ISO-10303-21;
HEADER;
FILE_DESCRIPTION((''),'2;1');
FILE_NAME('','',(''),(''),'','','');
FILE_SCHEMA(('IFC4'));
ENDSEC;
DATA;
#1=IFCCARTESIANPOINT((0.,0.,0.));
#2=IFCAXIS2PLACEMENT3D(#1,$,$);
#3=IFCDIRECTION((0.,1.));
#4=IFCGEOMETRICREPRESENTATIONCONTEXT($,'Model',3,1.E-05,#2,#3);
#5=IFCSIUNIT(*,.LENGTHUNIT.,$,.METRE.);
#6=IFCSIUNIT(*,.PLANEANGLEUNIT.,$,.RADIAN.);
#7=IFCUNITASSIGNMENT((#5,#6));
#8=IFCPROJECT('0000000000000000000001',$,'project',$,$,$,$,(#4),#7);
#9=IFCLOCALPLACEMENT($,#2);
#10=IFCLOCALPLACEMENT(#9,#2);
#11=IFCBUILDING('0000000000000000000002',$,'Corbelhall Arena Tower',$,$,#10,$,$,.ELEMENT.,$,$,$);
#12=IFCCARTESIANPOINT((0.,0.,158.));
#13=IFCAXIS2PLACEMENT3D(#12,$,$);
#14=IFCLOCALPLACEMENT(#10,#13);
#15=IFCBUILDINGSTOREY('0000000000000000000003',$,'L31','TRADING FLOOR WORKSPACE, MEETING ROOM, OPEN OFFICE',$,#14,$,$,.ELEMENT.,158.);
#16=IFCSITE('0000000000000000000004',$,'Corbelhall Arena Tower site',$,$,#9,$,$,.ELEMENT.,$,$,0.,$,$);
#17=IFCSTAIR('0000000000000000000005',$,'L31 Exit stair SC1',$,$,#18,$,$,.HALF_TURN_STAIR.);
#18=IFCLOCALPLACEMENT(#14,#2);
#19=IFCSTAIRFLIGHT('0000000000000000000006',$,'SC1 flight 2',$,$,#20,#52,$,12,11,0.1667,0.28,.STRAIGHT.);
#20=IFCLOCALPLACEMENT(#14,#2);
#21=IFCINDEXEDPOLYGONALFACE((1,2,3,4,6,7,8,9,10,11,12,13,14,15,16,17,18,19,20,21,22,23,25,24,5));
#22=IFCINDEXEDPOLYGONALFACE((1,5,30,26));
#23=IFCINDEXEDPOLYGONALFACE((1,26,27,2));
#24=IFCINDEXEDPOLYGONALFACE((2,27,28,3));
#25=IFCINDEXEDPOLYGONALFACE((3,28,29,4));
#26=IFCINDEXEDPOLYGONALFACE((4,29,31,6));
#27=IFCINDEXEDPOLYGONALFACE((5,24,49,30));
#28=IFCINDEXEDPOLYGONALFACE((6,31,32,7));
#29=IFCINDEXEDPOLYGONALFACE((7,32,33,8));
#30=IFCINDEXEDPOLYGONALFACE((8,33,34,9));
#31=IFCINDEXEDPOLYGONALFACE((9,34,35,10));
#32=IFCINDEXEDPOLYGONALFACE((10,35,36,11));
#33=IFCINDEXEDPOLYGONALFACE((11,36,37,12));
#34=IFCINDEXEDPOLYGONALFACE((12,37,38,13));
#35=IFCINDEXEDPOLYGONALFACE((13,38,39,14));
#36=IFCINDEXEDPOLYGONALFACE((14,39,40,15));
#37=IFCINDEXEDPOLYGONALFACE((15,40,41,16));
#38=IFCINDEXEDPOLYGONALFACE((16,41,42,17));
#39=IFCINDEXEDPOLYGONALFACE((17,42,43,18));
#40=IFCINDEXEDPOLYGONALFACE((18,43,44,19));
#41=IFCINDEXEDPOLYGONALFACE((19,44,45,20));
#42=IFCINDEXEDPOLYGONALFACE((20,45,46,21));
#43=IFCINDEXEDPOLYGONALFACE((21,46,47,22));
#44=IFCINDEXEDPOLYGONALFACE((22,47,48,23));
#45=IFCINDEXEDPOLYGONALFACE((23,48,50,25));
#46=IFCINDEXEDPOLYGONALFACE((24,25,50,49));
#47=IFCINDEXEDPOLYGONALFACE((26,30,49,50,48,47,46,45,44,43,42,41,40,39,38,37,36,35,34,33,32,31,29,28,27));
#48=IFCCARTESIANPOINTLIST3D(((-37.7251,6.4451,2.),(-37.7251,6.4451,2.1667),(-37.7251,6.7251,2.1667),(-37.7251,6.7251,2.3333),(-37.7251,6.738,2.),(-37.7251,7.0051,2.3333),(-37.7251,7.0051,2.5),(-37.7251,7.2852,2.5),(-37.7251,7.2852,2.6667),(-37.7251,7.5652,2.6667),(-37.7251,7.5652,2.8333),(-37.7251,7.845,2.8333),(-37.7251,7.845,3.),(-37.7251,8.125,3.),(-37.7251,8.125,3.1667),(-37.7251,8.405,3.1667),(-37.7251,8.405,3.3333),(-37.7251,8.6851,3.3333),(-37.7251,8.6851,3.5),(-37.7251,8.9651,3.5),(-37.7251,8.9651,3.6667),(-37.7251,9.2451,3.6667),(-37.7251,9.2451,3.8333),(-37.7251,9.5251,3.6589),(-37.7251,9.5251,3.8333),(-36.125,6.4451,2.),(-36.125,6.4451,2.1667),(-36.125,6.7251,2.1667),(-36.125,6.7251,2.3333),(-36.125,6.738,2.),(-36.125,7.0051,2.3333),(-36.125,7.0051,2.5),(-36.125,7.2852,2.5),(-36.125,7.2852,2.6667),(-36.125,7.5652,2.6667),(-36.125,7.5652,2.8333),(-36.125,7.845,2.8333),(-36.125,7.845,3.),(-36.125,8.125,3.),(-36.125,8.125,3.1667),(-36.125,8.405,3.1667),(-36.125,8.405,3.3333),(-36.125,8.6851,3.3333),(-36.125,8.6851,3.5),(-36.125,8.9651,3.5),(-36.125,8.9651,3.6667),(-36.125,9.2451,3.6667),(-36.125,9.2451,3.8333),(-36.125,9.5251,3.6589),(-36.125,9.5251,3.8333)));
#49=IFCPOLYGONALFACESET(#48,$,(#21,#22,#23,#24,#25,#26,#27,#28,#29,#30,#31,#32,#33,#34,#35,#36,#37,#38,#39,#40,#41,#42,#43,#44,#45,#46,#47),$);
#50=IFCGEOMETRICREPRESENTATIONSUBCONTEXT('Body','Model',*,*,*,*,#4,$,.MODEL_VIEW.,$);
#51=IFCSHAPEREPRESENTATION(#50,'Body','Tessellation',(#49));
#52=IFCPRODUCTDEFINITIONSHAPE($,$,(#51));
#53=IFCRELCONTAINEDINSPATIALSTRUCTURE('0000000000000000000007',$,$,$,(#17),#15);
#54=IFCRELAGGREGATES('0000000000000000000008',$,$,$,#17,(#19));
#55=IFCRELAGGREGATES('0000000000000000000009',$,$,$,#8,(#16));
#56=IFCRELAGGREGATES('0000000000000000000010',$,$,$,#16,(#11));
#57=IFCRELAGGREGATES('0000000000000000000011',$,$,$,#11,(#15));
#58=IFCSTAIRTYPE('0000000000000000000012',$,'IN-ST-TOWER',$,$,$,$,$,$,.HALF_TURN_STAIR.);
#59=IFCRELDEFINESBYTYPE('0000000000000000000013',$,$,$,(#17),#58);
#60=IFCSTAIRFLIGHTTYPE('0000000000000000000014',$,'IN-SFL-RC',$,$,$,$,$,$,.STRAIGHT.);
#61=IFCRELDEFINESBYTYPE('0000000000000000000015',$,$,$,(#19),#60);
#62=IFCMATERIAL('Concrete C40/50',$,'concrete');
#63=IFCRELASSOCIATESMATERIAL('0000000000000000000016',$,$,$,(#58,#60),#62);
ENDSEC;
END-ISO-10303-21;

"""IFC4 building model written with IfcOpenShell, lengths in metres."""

from ifc_helpers import new_model, si_unit, direction, frame, origin, place, context, subcontext, project, spatial, polyline, outline, extrude, material, type_object, element, aggregate, save


model = new_model("IFC4")

# Units and contexts
model_context = context("Model", 3, precision=1e-05, world=origin(), true_north=direction((0.0, 1.0)))
body_context = subcontext(model_context, "Body", "Model", "MODEL_VIEW")
ifc_project = project(units=[si_unit("LENGTHUNIT", "METRE"), si_unit("PLANEANGLEUNIT", "RADIAN")], contexts=[model_context])

# Site, building, storey
site_placement = place(None, origin())
site = spatial("IfcSite", under=ifc_project, at=site_placement, Name="Corbelhall Arena Tower site", CompositionType="ELEMENT", RefElevation=0.0)
building_placement = place(site_placement, origin())
building = spatial("IfcBuilding", under=site, at=building_placement, Name="Corbelhall Arena Tower", CompositionType="ELEMENT")
storey_placement = place(building_placement, frame((0.0, 0.0, 158.0)))
storey = spatial("IfcBuildingStorey", under=building, at=storey_placement, Name="L31", Description="TRADING FLOOR WORKSPACE, MEETING ROOM, OPEN OFFICE", CompositionType="ELEMENT", Elevation=158.0)

# Shared definitions
ifc_material_1 = material(Name="Concrete C40/50", Category="concrete")

# Stair, stair flight
stair_type = type_object("IfcStairType", Name="IN-ST-TOWER", PredefinedType="HALF_TURN_STAIR", material=ifc_material_1)
stair_placement = place(storey_placement, origin())
stair = element("IfcStair", 1, at=stair_placement, inside=storey, type_object=stair_type, Name="L31 Exit stair SC1", PredefinedType="HALF_TURN_STAIR")
stair_flight_type = type_object("IfcStairFlightType", Name="IN-SFL-RC", PredefinedType="STRAIGHT", material=ifc_material_1)
stair_flight_1_placement = place(storey_placement, frame((-36.925, 6.4451, 2.0), z_axis=(0.0, 0.0, 1.0), x_axis=(0.0, 1.0, 0.0)))
stair_flight_1 = element("IfcStairFlight", 2, at=stair_flight_1_placement, type_object=stair_flight_type, Name="SC1 flight 2", NumberOfRisers=12, NumberOfTreads=11, PredefinedType="STRAIGHT", RiserHeight=0.1667, TreadLength=0.28, context=body_context, shape_type="SweptSolid", body=[
    extrude(outline(polyline([(0.0, 0.0), (0.0, 0.1667), (0.28, 0.1667), (0.28, 0.3333), (0.5601, 0.3333), (0.5601, 0.5), (0.8401, 0.5), (0.8401, 0.6667), (1.1201, 0.6667), (1.1201, 0.8333), (1.3999, 0.8333), (1.3999, 1.0), (1.6799, 1.0), (1.6799, 1.1667), (1.96, 1.1667), (1.96, 1.3333), (2.24, 1.3333), (2.24, 1.5), (2.52, 1.5), (2.52, 1.6667), (2.8, 1.6667), (2.8, 1.8333), (3.0801, 1.8333), (3.0801, 2.0), (3.0801, 1.6589), (0.293, 0.0), (0.0, 0.0)])), frame((0.0, 0.8, 0.0), z_axis=(0.0, -1.0, 0.0), x_axis=(1.0, 0.0, 0.0)), (0.0, 0.0, 1.0), 1.6001),
])
aggregate(stair, [stair_flight_1])

save(model, "model.ifc")
